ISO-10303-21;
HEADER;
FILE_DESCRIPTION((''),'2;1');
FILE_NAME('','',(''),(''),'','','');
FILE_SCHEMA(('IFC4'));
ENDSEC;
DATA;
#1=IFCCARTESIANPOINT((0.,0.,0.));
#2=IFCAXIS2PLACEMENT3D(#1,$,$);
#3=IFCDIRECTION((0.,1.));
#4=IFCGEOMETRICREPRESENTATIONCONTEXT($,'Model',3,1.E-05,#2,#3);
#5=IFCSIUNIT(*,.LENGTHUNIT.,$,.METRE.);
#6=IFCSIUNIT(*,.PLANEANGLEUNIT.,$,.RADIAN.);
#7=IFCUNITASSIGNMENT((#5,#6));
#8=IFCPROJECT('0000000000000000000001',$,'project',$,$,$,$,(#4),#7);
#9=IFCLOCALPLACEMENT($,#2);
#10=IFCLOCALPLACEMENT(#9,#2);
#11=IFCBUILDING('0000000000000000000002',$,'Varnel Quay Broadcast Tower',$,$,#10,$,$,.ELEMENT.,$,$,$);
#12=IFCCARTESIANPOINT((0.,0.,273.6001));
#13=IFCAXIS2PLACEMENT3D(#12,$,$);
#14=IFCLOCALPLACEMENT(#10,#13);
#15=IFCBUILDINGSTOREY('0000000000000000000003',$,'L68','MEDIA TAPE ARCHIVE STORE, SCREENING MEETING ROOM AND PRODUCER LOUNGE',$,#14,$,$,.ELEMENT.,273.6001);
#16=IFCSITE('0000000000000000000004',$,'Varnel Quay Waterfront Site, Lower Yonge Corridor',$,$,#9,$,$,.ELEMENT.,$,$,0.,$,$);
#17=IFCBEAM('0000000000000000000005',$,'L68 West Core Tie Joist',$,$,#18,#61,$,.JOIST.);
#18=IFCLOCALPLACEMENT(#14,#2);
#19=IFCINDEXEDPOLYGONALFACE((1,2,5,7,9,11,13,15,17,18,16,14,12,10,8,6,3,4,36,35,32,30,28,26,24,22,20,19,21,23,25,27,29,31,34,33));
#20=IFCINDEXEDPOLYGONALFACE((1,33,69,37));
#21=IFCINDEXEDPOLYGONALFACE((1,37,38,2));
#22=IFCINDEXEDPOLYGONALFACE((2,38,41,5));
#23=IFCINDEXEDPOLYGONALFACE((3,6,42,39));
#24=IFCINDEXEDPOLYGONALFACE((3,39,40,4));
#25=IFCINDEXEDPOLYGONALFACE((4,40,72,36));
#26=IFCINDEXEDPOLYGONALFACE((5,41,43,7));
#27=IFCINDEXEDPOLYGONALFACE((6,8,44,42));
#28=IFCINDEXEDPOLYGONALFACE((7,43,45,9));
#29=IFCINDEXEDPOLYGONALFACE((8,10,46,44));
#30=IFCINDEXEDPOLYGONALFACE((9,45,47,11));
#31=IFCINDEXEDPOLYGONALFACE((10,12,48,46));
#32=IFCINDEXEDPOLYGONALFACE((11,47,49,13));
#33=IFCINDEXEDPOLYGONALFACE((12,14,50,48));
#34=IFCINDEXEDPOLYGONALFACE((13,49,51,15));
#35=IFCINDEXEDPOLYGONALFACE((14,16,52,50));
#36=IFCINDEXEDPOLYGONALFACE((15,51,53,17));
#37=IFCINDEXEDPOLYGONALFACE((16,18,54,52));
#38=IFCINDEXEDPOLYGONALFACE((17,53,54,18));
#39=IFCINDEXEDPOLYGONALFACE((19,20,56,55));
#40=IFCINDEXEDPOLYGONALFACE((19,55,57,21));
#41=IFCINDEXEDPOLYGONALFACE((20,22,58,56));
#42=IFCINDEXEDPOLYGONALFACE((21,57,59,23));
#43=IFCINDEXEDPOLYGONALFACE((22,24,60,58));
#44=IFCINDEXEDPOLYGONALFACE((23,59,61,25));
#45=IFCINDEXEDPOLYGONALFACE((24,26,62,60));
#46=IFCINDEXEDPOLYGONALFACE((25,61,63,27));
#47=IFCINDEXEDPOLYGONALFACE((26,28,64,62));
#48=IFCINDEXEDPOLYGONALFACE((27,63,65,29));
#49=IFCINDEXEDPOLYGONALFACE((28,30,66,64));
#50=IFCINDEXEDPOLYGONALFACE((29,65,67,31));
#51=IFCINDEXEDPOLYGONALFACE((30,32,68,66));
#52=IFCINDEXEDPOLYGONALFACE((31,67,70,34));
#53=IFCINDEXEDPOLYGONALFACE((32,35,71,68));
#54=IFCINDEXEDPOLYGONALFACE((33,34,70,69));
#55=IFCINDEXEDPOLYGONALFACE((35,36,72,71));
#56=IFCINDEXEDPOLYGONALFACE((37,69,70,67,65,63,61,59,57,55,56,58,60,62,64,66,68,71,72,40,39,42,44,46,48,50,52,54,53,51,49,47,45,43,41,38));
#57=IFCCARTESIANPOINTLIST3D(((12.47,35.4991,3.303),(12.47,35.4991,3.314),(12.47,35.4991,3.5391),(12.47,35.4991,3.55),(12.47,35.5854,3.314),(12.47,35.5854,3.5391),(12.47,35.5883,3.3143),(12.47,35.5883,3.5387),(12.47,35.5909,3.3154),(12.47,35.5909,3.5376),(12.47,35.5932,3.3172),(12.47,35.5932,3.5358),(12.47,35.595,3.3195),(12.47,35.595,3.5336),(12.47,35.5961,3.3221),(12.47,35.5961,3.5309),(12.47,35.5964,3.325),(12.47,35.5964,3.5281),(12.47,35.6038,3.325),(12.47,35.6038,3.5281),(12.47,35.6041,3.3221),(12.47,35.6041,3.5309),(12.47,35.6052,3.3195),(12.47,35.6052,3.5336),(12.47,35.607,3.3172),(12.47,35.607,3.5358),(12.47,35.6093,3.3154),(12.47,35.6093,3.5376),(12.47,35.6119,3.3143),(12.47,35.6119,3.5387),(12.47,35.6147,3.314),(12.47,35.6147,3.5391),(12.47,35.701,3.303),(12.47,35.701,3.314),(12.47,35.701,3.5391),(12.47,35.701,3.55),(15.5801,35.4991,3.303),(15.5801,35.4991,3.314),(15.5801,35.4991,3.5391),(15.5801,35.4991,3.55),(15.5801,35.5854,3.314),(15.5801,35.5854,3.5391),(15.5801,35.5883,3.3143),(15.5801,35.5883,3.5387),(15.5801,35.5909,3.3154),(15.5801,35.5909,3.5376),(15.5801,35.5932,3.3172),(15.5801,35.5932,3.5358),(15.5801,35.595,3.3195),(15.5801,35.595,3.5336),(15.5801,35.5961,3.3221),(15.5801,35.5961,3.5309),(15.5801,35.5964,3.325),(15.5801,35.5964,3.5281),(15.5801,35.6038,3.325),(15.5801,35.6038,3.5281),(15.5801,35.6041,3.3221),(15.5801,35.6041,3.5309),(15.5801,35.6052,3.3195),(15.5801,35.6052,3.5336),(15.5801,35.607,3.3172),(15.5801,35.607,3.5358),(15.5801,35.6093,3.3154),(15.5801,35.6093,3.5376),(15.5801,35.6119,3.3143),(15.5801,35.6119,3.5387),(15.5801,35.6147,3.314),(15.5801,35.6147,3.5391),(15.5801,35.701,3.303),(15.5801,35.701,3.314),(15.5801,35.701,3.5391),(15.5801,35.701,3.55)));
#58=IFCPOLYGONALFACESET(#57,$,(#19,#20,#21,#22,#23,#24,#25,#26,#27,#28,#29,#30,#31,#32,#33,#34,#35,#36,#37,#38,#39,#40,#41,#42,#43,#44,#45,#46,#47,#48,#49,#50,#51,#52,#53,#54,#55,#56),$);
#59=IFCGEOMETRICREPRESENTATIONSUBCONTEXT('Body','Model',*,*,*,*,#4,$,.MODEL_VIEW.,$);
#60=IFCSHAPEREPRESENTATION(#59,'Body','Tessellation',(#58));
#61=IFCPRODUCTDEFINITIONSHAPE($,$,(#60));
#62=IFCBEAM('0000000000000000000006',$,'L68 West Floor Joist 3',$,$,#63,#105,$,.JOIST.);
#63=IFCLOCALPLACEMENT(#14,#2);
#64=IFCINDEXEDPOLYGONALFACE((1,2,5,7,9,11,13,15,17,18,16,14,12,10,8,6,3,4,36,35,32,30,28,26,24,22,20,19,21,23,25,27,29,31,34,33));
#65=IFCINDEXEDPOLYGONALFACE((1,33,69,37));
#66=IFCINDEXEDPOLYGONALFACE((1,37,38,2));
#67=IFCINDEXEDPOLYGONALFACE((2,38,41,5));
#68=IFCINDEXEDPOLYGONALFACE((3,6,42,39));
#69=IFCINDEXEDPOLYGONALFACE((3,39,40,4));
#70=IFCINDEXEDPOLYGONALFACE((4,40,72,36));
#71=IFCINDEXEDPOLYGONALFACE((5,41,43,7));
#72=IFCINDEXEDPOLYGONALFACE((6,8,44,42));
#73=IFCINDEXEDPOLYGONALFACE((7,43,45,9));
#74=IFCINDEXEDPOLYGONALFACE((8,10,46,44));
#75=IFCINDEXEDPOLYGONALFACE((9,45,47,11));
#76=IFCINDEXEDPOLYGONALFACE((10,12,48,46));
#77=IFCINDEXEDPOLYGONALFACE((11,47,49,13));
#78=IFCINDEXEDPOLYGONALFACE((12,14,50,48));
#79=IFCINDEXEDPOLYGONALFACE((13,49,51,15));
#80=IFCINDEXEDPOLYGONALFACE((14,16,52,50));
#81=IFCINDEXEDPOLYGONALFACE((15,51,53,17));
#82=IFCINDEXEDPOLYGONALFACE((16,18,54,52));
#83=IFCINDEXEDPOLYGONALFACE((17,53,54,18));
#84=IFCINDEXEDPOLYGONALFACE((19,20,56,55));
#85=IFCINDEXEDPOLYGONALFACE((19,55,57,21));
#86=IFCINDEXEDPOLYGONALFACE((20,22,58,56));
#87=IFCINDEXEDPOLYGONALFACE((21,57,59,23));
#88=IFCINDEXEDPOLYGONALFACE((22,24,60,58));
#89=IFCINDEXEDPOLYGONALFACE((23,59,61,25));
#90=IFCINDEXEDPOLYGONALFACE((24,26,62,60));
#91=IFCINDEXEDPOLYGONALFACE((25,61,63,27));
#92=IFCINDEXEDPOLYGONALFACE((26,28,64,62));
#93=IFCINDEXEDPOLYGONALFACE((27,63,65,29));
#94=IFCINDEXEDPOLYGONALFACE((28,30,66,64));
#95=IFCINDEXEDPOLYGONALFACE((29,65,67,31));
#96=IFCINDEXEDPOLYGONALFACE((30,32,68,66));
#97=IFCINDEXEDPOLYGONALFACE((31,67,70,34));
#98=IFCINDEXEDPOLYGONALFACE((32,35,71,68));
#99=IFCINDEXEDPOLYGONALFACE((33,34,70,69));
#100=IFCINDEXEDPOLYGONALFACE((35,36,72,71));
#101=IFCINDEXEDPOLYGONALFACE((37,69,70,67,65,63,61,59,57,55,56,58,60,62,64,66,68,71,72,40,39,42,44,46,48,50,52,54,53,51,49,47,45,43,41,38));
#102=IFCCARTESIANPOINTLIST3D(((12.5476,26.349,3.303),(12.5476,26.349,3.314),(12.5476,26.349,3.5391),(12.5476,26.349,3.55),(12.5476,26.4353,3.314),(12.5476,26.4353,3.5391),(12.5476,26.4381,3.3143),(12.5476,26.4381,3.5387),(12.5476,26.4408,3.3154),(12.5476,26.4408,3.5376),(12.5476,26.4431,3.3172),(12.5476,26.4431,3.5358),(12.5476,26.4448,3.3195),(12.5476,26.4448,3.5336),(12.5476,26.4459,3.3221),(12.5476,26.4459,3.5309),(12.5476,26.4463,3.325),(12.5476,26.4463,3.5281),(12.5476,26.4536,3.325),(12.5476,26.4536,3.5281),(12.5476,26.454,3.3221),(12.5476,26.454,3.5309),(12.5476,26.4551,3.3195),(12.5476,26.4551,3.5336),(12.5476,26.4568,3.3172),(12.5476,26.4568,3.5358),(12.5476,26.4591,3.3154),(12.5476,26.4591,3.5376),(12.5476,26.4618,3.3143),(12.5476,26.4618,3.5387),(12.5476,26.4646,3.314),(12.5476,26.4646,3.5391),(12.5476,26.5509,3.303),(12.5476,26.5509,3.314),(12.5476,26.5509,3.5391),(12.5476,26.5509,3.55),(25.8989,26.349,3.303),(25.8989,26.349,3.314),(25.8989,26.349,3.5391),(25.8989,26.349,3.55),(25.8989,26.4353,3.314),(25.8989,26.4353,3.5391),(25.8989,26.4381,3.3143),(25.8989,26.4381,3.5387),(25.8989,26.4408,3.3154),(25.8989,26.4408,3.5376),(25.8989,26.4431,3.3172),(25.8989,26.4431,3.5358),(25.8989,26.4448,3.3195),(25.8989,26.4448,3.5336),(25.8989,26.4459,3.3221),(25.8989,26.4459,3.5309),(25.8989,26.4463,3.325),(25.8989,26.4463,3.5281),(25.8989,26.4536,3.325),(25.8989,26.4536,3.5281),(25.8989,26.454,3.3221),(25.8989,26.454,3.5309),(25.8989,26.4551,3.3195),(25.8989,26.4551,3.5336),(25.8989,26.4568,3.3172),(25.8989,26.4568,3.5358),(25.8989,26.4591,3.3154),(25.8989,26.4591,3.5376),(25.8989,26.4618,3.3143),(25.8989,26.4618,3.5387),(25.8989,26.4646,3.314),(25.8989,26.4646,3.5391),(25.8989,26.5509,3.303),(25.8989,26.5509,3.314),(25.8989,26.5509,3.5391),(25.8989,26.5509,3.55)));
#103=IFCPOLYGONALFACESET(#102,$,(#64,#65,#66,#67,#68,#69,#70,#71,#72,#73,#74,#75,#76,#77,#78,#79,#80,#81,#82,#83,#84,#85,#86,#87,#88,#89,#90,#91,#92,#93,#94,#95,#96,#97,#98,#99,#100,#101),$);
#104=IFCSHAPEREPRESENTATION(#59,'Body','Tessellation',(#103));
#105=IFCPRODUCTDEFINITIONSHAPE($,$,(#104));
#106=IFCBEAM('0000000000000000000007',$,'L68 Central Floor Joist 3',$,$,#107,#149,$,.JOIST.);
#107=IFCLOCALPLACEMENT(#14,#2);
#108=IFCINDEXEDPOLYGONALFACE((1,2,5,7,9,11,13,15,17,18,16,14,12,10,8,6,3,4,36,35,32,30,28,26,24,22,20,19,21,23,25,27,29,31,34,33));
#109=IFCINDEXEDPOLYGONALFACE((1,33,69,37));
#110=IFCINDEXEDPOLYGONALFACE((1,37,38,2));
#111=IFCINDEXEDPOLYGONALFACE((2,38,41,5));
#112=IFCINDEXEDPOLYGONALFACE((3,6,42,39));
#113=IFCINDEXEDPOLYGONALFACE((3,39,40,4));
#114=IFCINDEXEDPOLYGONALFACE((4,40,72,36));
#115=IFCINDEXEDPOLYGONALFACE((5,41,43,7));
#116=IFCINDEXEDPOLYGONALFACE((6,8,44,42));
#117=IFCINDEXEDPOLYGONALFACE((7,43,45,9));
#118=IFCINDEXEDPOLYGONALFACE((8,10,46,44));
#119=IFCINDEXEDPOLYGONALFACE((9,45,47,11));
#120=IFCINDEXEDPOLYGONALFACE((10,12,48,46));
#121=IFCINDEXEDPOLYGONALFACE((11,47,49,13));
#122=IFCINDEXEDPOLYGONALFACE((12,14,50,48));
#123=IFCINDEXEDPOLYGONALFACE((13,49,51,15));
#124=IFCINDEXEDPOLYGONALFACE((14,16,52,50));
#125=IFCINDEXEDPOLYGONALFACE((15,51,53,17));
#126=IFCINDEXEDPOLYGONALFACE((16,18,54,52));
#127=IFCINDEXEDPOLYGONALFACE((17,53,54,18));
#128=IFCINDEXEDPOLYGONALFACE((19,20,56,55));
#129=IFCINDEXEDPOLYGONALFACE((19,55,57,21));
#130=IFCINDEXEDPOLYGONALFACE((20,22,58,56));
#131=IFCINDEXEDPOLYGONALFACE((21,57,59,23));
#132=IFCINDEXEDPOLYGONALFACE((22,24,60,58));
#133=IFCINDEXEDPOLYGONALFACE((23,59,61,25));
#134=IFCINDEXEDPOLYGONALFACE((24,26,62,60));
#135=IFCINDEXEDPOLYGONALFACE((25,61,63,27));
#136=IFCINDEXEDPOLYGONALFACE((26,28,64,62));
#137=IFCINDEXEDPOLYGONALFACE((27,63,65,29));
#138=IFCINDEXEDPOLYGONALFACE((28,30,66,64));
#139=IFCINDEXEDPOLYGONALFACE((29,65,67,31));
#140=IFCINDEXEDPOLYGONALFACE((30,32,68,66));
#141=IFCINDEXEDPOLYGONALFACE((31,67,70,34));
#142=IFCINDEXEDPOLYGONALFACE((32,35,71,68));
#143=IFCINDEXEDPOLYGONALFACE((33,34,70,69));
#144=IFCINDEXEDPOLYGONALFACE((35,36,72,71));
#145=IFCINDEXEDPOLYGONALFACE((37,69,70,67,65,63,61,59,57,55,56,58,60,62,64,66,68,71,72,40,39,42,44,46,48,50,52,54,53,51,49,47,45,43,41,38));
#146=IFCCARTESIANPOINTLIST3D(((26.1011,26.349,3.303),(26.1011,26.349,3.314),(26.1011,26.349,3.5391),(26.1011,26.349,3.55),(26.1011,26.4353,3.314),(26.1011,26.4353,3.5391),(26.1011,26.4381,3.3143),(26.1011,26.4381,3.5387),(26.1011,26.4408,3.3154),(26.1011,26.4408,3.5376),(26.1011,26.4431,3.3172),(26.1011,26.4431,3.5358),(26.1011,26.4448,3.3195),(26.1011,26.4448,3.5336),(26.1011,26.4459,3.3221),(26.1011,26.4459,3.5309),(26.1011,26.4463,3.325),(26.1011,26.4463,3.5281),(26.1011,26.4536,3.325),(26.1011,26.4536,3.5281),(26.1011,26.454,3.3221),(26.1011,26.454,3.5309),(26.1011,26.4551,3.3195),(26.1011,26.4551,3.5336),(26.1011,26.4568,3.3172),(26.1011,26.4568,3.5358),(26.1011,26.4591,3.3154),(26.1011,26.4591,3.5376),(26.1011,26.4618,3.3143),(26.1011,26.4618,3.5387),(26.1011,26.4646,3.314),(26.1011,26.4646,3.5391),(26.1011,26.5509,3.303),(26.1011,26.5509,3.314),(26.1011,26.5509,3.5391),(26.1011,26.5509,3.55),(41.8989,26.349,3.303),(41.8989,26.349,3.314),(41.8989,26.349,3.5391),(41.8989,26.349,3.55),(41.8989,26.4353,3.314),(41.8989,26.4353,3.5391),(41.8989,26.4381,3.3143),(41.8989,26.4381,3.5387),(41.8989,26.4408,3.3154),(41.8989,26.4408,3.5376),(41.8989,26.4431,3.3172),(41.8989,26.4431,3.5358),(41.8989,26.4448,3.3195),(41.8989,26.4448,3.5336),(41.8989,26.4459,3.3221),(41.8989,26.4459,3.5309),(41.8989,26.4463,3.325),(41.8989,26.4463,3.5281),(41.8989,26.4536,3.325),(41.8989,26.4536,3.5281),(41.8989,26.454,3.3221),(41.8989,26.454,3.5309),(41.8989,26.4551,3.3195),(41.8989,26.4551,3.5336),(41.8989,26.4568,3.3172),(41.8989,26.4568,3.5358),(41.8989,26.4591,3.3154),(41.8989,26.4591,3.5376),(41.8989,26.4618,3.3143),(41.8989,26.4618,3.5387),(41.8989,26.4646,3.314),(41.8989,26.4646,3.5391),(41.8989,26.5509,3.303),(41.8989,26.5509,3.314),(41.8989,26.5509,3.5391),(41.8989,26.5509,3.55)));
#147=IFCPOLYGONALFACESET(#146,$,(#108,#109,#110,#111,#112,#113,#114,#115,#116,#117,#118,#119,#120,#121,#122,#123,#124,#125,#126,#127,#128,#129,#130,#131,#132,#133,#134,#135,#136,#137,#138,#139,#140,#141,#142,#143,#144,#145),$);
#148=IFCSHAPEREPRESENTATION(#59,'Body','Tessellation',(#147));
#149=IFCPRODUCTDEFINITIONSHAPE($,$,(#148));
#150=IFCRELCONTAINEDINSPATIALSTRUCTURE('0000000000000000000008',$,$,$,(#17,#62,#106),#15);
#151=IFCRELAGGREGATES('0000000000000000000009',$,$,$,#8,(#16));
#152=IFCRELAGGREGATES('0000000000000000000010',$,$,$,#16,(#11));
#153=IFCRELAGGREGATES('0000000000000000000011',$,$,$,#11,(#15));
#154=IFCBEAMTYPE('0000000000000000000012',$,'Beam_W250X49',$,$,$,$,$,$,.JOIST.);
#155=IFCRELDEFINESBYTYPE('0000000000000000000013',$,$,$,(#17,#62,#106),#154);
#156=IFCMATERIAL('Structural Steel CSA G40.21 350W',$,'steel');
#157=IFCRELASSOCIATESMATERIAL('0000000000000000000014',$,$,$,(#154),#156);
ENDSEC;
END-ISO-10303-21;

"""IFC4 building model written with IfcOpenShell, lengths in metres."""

from ifc_helpers import new_model, si_unit, direction, frame, origin, origin_2d, place, context, subcontext, project, spatial, i_section, extrude, source, transform, mapped, material, material_profile, profile_set, type_object, type_shapes, element, save


model = new_model("IFC4")

# Units and contexts
model_context = context("Model", 3, precision=1e-05, world=origin(), true_north=direction((0.0, 1.0)))
body_context = subcontext(model_context, "Body", "Model", "MODEL_VIEW")
ifc_project = project(units=[si_unit("LENGTHUNIT", "METRE"), si_unit("PLANEANGLEUNIT", "RADIAN")], contexts=[model_context])

# Site, building, storey
site_placement = place(None, origin())
site = spatial("IfcSite", under=ifc_project, at=site_placement, Name="Varnel Quay Waterfront Site, Lower Yonge Corridor", CompositionType="ELEMENT", RefElevation=0.0)
building_placement = place(site_placement, origin())
building = spatial("IfcBuilding", under=site, at=building_placement, Name="Varnel Quay Broadcast Tower", CompositionType="ELEMENT")
storey_placement = place(building_placement, frame((0.0, 0.0, 273.6001)))
storey = spatial("IfcBuildingStorey", under=building, at=storey_placement, Name="L68", Description="MEDIA TAPE ARCHIVE STORE, SCREENING MEETING ROOM AND PRODUCER LOUNGE", CompositionType="ELEMENT", Elevation=273.6001)

# Shared definitions
ifc_material_1 = material(Name="Structural Steel CSA G40.21 350W", Category="steel")

# Beams
ifc_material_profile_1 = material_profile(ifc_material_1, i_section(OverallWidth=0.2019, OverallDepth=0.2471, WebThickness=0.0073, FlangeThickness=0.011, FilletRadius=0.011, at=origin_2d()), Name="W250X49")
ifc_profile_set_1 = profile_set([ifc_material_profile_1], Name="Structural Steel CSA G40.21 350W")
beam_type_1 = type_object("IfcBeamType", Name="Beam_W250X49", PredefinedType="JOIST", material=ifc_profile_set_1)
shared_shape_1 = source(origin(), body_context, "Body", "SweptSolid", [
    extrude(i_section(OverallWidth=0.2019, OverallDepth=0.2471, WebThickness=0.0073, FlangeThickness=0.011, FilletRadius=0.011, at=origin_2d()), origin(), (0.0, 0.0, 1.0), 3.1101),
])
beam_1_placement = place(storey_placement, frame((12.47, 35.6001, 3.4265), z_axis=(1.0, 0.0, 0.0), x_axis=(0.0, 1.0, 0.0)))
element("IfcBeam", 1, at=beam_1_placement, inside=storey, type_object=beam_type_1, Name="L68 West Core Tie Joist", PredefinedType="JOIST", context=body_context, shape_type="MappedRepresentation", body=[
    mapped(shared_shape_1, transform((0.0, 0.0, 0.0), x_axis=(1.0, 0.0, 0.0), y_axis=(0.0, 1.0, 0.0), z_axis=(0.0, 0.0, 1.0), scale=1.0)),
])
shared_shape_2 = source(origin(), body_context, "Body", "SweptSolid", [
    extrude(i_section(OverallWidth=0.2019, OverallDepth=0.2471, WebThickness=0.0073, FlangeThickness=0.011, FilletRadius=0.011, at=origin_2d()), origin(), (0.0, 0.0, 1.0), 13.3513),
])
beam_2_placement = place(storey_placement, frame((12.5476, 26.45, 3.4265), z_axis=(1.0, 0.0, 0.0), x_axis=(0.0, 1.0, 0.0)))
element("IfcBeam", 2, at=beam_2_placement, inside=storey, type_object=beam_type_1, Name="L68 West Floor Joist 3", PredefinedType="JOIST", context=body_context, shape_type="MappedRepresentation", body=[
    mapped(shared_shape_2, transform((0.0, 0.0, 0.0), x_axis=(1.0, 0.0, 0.0), y_axis=(0.0, 1.0, 0.0), z_axis=(0.0, 0.0, 1.0), scale=1.0)),
])
shared_shape_3 = source(origin(), body_context, "Body", "SweptSolid", [
    extrude(i_section(OverallWidth=0.2019, OverallDepth=0.2471, WebThickness=0.0073, FlangeThickness=0.011, FilletRadius=0.011, at=origin_2d()), origin(), (0.0, 0.0, 1.0), 15.7979),
])
type_shapes(beam_type_1, [shared_shape_1, shared_shape_2, shared_shape_3])
beam_3_placement = place(storey_placement, frame((26.1011, 26.45, 3.4265), z_axis=(1.0, 0.0, 0.0), x_axis=(0.0, 1.0, 0.0)))
element("IfcBeam", 3, at=beam_3_placement, inside=storey, type_object=beam_type_1, Name="L68 Central Floor Joist 3", PredefinedType="JOIST", context=body_context, shape_type="MappedRepresentation", body=[
    mapped(shared_shape_3, transform((0.0, 0.0, 0.0), x_axis=(1.0, 0.0, 0.0), y_axis=(0.0, 1.0, 0.0), z_axis=(0.0, 0.0, 1.0), scale=1.0)),
])

save(model, "model.ifc")
